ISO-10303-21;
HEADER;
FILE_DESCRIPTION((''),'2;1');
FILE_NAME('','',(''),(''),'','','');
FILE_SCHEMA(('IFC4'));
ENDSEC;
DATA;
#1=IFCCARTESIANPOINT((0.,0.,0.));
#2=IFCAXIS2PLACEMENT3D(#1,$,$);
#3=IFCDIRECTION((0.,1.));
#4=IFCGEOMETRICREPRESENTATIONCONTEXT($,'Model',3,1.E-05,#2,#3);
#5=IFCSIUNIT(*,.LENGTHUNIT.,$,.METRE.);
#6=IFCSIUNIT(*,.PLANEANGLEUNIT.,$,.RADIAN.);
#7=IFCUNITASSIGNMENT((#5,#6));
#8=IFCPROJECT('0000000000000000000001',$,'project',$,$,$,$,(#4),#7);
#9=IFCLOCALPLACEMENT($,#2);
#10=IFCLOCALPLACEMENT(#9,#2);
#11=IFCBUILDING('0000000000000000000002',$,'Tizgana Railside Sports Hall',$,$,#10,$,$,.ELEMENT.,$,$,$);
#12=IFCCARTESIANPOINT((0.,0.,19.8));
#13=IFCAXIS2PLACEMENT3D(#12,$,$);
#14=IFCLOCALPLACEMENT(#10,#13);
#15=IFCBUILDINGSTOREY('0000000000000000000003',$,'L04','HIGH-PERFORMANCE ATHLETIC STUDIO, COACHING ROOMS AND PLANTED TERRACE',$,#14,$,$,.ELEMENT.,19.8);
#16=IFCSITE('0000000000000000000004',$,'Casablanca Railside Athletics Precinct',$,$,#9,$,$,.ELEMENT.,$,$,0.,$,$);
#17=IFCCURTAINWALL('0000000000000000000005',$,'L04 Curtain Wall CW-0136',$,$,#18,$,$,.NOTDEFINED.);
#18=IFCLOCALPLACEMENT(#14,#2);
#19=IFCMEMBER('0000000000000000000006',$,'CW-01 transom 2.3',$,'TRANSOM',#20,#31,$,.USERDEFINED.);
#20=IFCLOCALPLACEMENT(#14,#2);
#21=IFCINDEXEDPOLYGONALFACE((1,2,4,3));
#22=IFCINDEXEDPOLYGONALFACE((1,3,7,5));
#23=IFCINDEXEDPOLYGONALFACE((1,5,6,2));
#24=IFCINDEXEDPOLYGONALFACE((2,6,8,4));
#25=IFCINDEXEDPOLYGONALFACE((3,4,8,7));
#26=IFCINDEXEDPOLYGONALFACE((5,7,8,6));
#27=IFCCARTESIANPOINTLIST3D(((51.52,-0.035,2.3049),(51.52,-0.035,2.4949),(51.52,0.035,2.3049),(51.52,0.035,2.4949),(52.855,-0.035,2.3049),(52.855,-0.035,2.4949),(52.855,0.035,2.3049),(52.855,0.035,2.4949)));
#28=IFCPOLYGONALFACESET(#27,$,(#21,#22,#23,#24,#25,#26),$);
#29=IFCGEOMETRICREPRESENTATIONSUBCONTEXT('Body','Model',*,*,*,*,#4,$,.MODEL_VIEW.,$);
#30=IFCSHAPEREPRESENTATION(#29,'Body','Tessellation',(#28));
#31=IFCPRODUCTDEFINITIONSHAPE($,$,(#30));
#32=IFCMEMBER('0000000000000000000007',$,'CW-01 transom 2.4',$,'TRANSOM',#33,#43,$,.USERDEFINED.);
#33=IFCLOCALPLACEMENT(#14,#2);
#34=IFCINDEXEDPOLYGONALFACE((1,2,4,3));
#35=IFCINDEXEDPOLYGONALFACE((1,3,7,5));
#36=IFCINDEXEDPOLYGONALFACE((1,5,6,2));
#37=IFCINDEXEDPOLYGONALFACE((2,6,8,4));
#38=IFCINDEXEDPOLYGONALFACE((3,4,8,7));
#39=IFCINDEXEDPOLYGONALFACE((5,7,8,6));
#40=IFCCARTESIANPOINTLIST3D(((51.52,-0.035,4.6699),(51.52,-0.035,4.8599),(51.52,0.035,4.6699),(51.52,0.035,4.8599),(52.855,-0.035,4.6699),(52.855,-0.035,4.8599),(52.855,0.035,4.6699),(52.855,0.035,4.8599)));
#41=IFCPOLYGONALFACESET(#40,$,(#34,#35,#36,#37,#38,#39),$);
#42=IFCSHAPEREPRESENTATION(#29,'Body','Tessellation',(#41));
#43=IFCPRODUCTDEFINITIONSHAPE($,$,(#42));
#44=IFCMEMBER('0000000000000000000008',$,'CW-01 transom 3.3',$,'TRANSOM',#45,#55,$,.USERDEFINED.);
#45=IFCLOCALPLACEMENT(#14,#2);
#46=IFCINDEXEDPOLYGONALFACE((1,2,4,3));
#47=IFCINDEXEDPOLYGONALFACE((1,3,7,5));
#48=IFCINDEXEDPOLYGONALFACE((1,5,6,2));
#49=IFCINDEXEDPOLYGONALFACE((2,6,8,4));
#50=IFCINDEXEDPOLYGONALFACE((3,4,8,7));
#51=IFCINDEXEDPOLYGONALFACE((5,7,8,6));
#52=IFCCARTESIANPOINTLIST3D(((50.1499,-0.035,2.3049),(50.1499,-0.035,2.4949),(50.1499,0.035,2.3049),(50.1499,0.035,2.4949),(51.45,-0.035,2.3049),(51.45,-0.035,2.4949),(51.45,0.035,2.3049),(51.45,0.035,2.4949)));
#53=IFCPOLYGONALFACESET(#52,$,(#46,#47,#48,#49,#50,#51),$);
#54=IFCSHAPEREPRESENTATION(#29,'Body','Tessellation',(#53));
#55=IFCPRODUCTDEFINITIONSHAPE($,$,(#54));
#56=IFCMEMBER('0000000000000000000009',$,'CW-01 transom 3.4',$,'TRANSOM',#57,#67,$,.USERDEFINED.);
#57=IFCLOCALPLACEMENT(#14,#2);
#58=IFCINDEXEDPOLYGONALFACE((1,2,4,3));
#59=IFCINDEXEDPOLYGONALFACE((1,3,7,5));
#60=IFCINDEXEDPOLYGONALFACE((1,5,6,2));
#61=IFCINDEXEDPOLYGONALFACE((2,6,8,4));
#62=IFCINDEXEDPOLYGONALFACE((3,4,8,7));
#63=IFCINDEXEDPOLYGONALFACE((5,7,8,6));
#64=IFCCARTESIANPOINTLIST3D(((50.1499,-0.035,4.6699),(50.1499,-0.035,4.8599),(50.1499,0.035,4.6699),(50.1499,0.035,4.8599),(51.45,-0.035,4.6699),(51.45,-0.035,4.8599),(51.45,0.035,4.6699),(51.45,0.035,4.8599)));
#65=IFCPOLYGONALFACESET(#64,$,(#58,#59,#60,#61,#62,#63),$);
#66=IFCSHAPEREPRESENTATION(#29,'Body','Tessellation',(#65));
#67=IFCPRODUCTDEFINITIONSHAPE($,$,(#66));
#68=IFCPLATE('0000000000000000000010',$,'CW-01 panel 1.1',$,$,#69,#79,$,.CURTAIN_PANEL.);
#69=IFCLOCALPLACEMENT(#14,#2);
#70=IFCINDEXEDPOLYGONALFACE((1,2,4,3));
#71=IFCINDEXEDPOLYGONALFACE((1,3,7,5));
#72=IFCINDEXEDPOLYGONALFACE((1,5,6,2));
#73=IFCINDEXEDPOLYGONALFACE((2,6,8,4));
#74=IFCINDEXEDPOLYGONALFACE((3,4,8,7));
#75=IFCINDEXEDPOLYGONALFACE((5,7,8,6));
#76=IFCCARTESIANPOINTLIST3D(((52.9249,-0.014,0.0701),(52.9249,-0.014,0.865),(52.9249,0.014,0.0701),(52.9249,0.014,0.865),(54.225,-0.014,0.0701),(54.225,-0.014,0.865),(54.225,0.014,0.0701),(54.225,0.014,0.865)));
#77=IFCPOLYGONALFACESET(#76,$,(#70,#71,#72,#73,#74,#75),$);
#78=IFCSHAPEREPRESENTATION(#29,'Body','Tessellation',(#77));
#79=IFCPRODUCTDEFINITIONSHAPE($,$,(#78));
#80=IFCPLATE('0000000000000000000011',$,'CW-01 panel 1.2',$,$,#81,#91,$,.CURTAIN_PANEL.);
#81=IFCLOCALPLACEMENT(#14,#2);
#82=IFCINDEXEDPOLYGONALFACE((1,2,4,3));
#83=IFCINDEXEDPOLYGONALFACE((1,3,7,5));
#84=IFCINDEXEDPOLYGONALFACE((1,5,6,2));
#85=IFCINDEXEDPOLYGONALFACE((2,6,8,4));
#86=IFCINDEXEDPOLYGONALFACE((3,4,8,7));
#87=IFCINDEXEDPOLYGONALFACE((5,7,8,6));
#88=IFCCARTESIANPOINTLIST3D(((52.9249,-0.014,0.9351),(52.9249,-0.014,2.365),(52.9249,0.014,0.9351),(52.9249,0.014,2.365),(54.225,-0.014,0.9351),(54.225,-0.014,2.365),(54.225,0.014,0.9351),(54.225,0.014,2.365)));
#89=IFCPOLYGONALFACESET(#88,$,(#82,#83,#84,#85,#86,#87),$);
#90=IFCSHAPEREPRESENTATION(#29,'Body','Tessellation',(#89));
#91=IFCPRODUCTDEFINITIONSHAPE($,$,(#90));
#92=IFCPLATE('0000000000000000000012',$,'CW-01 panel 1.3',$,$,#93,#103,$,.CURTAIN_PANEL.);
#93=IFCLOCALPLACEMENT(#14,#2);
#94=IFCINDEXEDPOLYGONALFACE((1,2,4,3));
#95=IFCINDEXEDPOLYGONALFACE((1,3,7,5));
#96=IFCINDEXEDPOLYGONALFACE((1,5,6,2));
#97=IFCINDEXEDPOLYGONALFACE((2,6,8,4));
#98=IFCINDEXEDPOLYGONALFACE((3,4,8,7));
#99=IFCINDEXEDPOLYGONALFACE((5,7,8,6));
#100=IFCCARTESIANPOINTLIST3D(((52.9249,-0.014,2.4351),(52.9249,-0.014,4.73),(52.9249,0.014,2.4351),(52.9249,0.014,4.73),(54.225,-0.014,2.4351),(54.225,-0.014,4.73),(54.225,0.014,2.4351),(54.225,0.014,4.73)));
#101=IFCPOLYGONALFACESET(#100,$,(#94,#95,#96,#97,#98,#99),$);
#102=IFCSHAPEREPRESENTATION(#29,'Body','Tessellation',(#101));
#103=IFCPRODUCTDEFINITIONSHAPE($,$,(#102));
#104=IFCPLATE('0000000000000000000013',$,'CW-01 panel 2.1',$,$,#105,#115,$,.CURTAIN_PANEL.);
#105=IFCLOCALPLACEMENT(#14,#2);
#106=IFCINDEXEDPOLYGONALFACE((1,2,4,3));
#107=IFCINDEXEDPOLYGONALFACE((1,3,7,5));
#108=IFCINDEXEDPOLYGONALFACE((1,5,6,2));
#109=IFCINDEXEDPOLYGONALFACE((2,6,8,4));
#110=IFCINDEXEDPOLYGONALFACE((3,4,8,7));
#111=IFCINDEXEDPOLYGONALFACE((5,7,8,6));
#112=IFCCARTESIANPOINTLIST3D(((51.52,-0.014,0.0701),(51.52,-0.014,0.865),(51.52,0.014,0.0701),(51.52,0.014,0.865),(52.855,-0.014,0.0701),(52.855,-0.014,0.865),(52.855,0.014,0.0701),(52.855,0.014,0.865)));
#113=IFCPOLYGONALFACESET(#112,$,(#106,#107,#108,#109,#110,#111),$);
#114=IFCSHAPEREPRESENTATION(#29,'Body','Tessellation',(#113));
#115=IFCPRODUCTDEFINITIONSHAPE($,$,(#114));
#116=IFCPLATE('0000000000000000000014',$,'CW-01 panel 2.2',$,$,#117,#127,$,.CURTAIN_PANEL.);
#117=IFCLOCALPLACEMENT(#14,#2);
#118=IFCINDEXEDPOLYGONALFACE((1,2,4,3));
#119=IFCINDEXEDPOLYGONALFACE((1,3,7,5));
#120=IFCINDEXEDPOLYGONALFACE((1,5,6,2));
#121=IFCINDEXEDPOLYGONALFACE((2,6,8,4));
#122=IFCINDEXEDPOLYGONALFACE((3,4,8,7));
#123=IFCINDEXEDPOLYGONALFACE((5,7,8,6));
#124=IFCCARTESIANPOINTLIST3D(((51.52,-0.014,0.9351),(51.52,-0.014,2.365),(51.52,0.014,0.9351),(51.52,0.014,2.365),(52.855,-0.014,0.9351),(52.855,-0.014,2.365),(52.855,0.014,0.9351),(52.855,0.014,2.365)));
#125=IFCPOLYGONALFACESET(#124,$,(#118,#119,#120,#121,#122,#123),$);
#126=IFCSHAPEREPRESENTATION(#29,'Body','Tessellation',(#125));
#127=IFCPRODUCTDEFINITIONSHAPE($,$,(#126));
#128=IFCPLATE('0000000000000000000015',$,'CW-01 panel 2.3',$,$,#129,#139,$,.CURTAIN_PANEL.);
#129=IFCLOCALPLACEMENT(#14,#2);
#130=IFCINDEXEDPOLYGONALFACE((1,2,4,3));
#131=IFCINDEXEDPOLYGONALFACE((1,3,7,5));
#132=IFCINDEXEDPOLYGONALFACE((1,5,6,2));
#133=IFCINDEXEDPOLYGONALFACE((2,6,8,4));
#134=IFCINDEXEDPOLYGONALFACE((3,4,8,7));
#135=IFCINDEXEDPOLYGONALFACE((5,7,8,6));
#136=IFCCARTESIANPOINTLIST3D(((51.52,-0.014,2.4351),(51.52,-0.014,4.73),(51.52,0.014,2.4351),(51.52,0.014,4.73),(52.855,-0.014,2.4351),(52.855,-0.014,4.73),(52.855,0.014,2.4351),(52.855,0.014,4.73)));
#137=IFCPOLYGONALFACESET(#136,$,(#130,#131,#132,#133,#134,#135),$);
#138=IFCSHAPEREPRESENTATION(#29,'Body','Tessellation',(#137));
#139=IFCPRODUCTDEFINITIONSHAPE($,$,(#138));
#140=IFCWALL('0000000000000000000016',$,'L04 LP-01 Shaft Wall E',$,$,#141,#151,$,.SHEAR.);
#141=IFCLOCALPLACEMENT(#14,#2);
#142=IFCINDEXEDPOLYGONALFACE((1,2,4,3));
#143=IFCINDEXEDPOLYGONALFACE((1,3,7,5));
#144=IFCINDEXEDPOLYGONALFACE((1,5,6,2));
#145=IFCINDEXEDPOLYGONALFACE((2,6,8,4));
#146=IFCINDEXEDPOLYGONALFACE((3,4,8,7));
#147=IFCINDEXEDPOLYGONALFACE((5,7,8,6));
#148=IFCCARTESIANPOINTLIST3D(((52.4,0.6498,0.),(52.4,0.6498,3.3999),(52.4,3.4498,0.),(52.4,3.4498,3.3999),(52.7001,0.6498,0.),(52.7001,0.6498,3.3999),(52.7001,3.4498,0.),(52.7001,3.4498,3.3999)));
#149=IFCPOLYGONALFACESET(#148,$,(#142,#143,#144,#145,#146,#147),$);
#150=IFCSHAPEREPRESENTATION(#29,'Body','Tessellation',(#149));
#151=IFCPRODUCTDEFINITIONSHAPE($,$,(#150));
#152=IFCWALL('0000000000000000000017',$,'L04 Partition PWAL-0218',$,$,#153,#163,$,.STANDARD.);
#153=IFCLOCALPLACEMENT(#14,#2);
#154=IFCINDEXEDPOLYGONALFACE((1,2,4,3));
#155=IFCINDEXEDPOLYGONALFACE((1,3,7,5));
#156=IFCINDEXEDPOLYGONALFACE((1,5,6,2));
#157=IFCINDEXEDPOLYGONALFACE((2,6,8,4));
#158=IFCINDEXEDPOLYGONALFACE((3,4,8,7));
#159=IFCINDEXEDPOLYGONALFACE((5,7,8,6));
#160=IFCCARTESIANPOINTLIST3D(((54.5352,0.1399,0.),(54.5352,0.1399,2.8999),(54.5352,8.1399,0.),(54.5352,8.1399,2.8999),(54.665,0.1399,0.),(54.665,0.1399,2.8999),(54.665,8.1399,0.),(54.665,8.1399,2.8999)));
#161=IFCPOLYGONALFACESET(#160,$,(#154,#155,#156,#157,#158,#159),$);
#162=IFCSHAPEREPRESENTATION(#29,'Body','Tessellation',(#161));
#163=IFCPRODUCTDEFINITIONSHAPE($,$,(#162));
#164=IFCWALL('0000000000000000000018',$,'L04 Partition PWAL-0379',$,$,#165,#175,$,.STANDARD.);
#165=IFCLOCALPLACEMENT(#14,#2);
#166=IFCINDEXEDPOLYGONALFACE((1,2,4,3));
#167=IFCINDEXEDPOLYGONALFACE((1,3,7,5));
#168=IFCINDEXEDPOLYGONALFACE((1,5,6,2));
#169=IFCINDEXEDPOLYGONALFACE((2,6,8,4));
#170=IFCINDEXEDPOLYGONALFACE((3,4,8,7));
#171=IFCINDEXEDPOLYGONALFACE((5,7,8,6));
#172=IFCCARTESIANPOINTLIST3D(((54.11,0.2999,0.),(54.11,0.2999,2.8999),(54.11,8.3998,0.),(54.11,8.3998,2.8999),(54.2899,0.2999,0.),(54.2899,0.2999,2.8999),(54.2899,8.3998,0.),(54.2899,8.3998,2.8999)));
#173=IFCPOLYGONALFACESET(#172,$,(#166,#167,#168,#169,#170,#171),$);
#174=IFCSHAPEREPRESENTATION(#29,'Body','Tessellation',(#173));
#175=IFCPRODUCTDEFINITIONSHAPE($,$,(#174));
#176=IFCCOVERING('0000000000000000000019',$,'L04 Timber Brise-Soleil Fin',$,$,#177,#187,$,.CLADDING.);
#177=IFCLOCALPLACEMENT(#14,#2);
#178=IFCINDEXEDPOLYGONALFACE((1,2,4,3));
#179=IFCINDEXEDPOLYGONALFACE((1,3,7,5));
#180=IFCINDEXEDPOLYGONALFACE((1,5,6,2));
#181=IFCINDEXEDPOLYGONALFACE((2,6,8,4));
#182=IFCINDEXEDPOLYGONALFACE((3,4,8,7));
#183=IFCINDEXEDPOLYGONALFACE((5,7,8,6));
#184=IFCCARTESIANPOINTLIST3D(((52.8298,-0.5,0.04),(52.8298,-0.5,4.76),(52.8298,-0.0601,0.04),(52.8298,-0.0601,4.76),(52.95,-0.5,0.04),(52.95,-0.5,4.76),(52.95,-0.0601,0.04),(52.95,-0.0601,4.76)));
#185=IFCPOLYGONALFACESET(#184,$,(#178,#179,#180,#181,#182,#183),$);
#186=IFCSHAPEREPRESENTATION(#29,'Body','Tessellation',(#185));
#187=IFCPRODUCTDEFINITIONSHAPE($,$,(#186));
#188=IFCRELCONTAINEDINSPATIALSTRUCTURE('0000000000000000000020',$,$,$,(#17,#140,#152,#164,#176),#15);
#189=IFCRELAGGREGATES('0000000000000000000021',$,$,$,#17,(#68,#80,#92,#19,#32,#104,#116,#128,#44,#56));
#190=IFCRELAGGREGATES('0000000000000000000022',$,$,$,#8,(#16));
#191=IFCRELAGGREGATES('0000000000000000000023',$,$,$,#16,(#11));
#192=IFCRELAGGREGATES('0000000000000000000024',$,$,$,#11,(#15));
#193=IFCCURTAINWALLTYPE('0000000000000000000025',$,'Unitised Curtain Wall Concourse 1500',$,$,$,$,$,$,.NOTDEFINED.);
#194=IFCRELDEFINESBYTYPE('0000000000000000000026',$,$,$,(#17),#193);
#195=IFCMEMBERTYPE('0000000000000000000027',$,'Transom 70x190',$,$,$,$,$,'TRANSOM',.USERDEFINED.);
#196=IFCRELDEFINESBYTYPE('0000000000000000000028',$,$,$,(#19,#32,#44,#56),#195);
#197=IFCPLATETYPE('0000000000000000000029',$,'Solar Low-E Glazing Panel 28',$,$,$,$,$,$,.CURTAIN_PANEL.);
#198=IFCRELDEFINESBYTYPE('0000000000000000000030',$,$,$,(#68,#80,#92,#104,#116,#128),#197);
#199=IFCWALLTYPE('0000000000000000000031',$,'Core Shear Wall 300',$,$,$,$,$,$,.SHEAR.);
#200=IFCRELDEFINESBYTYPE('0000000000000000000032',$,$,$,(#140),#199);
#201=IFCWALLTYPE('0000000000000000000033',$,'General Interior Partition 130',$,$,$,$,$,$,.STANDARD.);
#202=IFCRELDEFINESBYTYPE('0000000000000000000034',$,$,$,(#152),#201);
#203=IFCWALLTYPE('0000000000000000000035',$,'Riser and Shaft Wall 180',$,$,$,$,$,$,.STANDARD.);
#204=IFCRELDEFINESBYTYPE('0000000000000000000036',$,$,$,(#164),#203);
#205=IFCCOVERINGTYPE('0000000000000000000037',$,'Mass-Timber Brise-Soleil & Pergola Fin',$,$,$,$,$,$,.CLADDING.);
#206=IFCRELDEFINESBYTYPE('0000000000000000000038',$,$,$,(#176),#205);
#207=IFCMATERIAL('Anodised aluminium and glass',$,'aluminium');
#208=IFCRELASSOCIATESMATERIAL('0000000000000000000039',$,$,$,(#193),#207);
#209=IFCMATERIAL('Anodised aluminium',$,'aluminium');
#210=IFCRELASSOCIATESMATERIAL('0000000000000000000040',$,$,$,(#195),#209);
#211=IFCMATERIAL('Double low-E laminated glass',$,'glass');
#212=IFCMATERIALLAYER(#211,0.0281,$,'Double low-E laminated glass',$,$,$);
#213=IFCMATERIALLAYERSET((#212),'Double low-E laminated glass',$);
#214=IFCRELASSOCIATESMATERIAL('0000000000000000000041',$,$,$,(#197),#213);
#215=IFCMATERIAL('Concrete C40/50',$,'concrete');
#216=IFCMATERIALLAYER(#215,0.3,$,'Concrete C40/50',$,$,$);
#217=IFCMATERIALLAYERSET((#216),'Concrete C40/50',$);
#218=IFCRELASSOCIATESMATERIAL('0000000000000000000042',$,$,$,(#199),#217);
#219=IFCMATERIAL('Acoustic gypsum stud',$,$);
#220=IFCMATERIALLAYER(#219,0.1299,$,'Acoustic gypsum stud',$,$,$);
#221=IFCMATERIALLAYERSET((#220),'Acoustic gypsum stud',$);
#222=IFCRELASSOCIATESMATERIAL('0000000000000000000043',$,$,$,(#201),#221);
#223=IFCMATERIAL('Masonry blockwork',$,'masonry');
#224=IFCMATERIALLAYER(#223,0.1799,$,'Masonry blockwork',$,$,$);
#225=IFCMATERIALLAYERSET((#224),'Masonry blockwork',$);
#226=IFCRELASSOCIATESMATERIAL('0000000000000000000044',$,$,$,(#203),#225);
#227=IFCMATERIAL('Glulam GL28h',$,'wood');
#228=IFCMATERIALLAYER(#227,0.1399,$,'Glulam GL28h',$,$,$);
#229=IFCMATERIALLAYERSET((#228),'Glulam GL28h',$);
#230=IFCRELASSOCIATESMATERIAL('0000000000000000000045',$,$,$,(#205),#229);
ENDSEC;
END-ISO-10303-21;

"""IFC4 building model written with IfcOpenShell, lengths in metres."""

from ifc_helpers import new_model, si_unit, direction, frame, frame_2d, origin, origin_2d, place, context, subcontext, project, spatial, rectangle, extrude, material, layer, layer_set, material_profile, profile_set, type_object, element, aggregate, save


model = new_model("IFC4")

# Units and contexts
model_context = context("Model", 3, precision=1e-05, world=origin(), true_north=direction((0.0, 1.0)))
body_context = subcontext(model_context, "Body", "Model", "MODEL_VIEW")
ifc_project = project(units=[si_unit("LENGTHUNIT", "METRE"), si_unit("PLANEANGLEUNIT", "RADIAN")], contexts=[model_context])

# Site, building, storey
site_placement = place(None, origin())
site = spatial("IfcSite", under=ifc_project, at=site_placement, Name="Casablanca Railside Athletics Precinct", CompositionType="ELEMENT", RefElevation=0.0)
building_placement = place(site_placement, origin())
building = spatial("IfcBuilding", under=site, at=building_placement, Name="Tizgana Railside Sports Hall", CompositionType="ELEMENT")
storey_placement = place(building_placement, frame((0.0, 0.0, 19.8)))
storey = spatial("IfcBuildingStorey", under=building, at=storey_placement, Name="L04", Description="HIGH-PERFORMANCE ATHLETIC STUDIO, COACHING ROOMS AND PLANTED TERRACE", CompositionType="ELEMENT", Elevation=19.8)

# Curtain wall
ifc_material_1 = material(Name="Anodised aluminium and glass", Category="aluminium")
curtain_wall_type = type_object("IfcCurtainWallType", Name="Unitised Curtain Wall Concourse 1500", PredefinedType="NOTDEFINED", material=ifc_material_1)
curtain_wall_placement = place(storey_placement, origin())
curtain_wall = element("IfcCurtainWall", 1, at=curtain_wall_placement, inside=storey, type_object=curtain_wall_type, Name="L04 Curtain Wall CW-0136", PredefinedType="NOTDEFINED")
ifc_material_2 = material(Name="Anodised aluminium", Category="aluminium")

# Members
ifc_material_profile_1 = material_profile(ifc_material_2, rectangle(XDim=0.0701, YDim=0.1899, at=origin_2d()), Name="Transom 70x190")
ifc_profile_set_1 = profile_set([ifc_material_profile_1], Name="Anodised aluminium")
member_type_1 = type_object("IfcMemberType", Name="Transom 70x190", ElementType="TRANSOM", PredefinedType="USERDEFINED", material=ifc_profile_set_1)
member_1_placement = place(storey_placement, frame((52.855, 0.0, 2.3999), z_axis=(-1.0, 0.0, 0.0), x_axis=(0.0, -1.0, 0.0)))
member_1 = element("IfcMember", 2, at=member_1_placement, type_object=member_type_1, Name="CW-01 transom 2.3", ObjectType="TRANSOM", PredefinedType="USERDEFINED", context=body_context, shape_type="SweptSolid", body=[
    extrude(rectangle(XDim=0.0701, YDim=0.1899, at=origin_2d()), origin(), (0.0, 0.0, 1.0), 1.335),
])
member_2_placement = place(storey_placement, frame((52.855, 0.0, 4.7649), z_axis=(-1.0, 0.0, 0.0), x_axis=(0.0, -1.0, 0.0)))
member_2 = element("IfcMember", 3, at=member_2_placement, type_object=member_type_1, Name="CW-01 transom 2.4", ObjectType="TRANSOM", PredefinedType="USERDEFINED", context=body_context, shape_type="SweptSolid", body=[
    extrude(rectangle(XDim=0.0701, YDim=0.1899, at=origin_2d()), origin(), (0.0, 0.0, 1.0), 1.335),
])
member_3_placement = place(storey_placement, frame((51.45, 0.0, 2.3999), z_axis=(-1.0, 0.0, 0.0), x_axis=(0.0, -1.0, 0.0)))
member_3 = element("IfcMember", 4, at=member_3_placement, type_object=member_type_1, Name="CW-01 transom 3.3", ObjectType="TRANSOM", PredefinedType="USERDEFINED", context=body_context, shape_type="SweptSolid", body=[
    extrude(rectangle(XDim=0.0701, YDim=0.1899, at=origin_2d()), origin(), (0.0, 0.0, 1.0), 1.3),
])
member_4_placement = place(storey_placement, frame((51.45, 0.0, 4.7649), z_axis=(-1.0, 0.0, 0.0), x_axis=(0.0, -1.0, 0.0)))
member_4 = element("IfcMember", 5, at=member_4_placement, type_object=member_type_1, Name="CW-01 transom 3.4", ObjectType="TRANSOM", PredefinedType="USERDEFINED", context=body_context, shape_type="SweptSolid", body=[
    extrude(rectangle(XDim=0.0701, YDim=0.1899, at=origin_2d()), origin(), (0.0, 0.0, 1.0), 1.3),
])

# Plates
ifc_material_3 = material(Name="Double low-E laminated glass", Category="glass")
ifc_layer_1 = layer(ifc_material_3, 0.0281, Name="Double low-E laminated glass")
ifc_layer_set_1 = layer_set([ifc_layer_1], Name="Double low-E laminated glass")
plate_type = type_object("IfcPlateType", Name="Solar Low-E Glazing Panel 28", PredefinedType="CURTAIN_PANEL", material=ifc_layer_set_1)
plate_1_placement = place(storey_placement, frame((53.575, 0.0, 0.0701), z_axis=(0.0, 0.0, 1.0), x_axis=(-1.0, 0.0, 0.0)))
plate_1 = element("IfcPlate", 6, at=plate_1_placement, type_object=plate_type, Name="CW-01 panel 1.1", PredefinedType="CURTAIN_PANEL", context=body_context, shape_type="SweptSolid", body=[
    extrude(rectangle(XDim=1.3, YDim=0.0281, at=origin_2d()), origin(), (0.0, 0.0, 1.0), 0.7949),
])
plate_2_placement = place(storey_placement, frame((53.575, 0.0, 0.9351), z_axis=(0.0, 0.0, 1.0), x_axis=(-1.0, 0.0, 0.0)))
plate_2 = element("IfcPlate", 7, at=plate_2_placement, type_object=plate_type, Name="CW-01 panel 1.2", PredefinedType="CURTAIN_PANEL", context=body_context, shape_type="SweptSolid", body=[
    extrude(rectangle(XDim=1.3, YDim=0.0281, at=origin_2d()), origin(), (0.0, 0.0, 1.0), 1.4299),
])
plate_3_placement = place(storey_placement, frame((53.575, 0.0, 2.4351), z_axis=(0.0, 0.0, 1.0), x_axis=(-1.0, 0.0, 0.0)))
plate_3 = element("IfcPlate", 8, at=plate_3_placement, type_object=plate_type, Name="CW-01 panel 1.3", PredefinedType="CURTAIN_PANEL", context=body_context, shape_type="SweptSolid", body=[
    extrude(rectangle(XDim=1.3, YDim=0.0281, at=origin_2d()), origin(), (0.0, 0.0, 1.0), 2.2949),
])
plate_4_placement = place(storey_placement, frame((52.1875, 0.0, 0.0701), z_axis=(0.0, 0.0, 1.0), x_axis=(-1.0, 0.0, 0.0)))
plate_4 = element("IfcPlate", 9, at=plate_4_placement, type_object=plate_type, Name="CW-01 panel 2.1", PredefinedType="CURTAIN_PANEL", context=body_context, shape_type="SweptSolid", body=[
    extrude(rectangle(XDim=1.335, YDim=0.0281, at=origin_2d()), origin(), (0.0, 0.0, 1.0), 0.7949),
])
plate_5_placement = place(storey_placement, frame((52.1875, 0.0, 0.9351), z_axis=(0.0, 0.0, 1.0), x_axis=(-1.0, 0.0, 0.0)))
plate_5 = element("IfcPlate", 10, at=plate_5_placement, type_object=plate_type, Name="CW-01 panel 2.2", PredefinedType="CURTAIN_PANEL", context=body_context, shape_type="SweptSolid", body=[
    extrude(rectangle(XDim=1.335, YDim=0.0281, at=origin_2d()), origin(), (0.0, 0.0, 1.0), 1.4299),
])
plate_6_placement = place(storey_placement, frame((52.1875, 0.0, 2.4351), z_axis=(0.0, 0.0, 1.0), x_axis=(-1.0, 0.0, 0.0)))
plate_6 = element("IfcPlate", 11, at=plate_6_placement, type_object=plate_type, Name="CW-01 panel 2.3", PredefinedType="CURTAIN_PANEL", context=body_context, shape_type="SweptSolid", body=[
    extrude(rectangle(XDim=1.335, YDim=0.0281, at=origin_2d()), origin(), (0.0, 0.0, 1.0), 2.2949),
])
aggregate(curtain_wall, [plate_1, plate_2, plate_3, member_1, member_2, plate_4, plate_5, plate_6, member_3, member_4])

# Walls
ifc_material_4 = material(Name="Concrete C40/50", Category="concrete")
ifc_layer_2 = layer(ifc_material_4, 0.3, Name="Concrete C40/50")
ifc_layer_set_2 = layer_set([ifc_layer_2], Name="Concrete C40/50")
wall_type_1 = type_object("IfcWallType", Name="Core Shear Wall 300", PredefinedType="SHEAR", material=ifc_layer_set_2)
wall_1_placement = place(storey_placement, frame((52.55, 0.6499, 0.0), z_axis=(0.0, 0.0, 1.0), x_axis=(0.0, 1.0, 0.0)))
element("IfcWall", 12, at=wall_1_placement, inside=storey, type_object=wall_type_1, Name="L04 LP-01 Shaft Wall E", PredefinedType="SHEAR", context=body_context, shape_type="SweptSolid", body=[
    extrude(rectangle(XDim=2.8, YDim=0.3, at=frame_2d((1.3999, 0.0))), origin(), (0.0, 0.0, 1.0), 3.3999),
])
ifc_material_5 = material(Name="Acoustic gypsum stud")
ifc_layer_3 = layer(ifc_material_5, 0.1299, Name="Acoustic gypsum stud")
ifc_layer_set_3 = layer_set([ifc_layer_3], Name="Acoustic gypsum stud")
wall_type_2 = type_object("IfcWallType", Name="General Interior Partition 130", PredefinedType="STANDARD", material=ifc_layer_set_3)
wall_2_placement = place(storey_placement, frame((54.6001, 0.1399, 0.0), z_axis=(0.0, 0.0, 1.0), x_axis=(0.0, 1.0, 0.0)))
element("IfcWall", 13, at=wall_2_placement, inside=storey, type_object=wall_type_2, Name="L04 Partition PWAL-0218", PredefinedType="STANDARD", context=body_context, shape_type="SweptSolid", body=[
    extrude(rectangle(XDim=8.0, YDim=0.1299, at=frame_2d((4.0, 0.0))), origin(), (0.0, 0.0, 1.0), 2.8999),
])
ifc_material_6 = material(Name="Masonry blockwork", Category="masonry")
ifc_layer_4 = layer(ifc_material_6, 0.1799, Name="Masonry blockwork")
ifc_layer_set_4 = layer_set([ifc_layer_4], Name="Masonry blockwork")
wall_type_3 = type_object("IfcWallType", Name="Riser and Shaft Wall 180", PredefinedType="STANDARD", material=ifc_layer_set_4)
wall_3_placement = place(storey_placement, frame((54.2, 0.3, 0.0), z_axis=(0.0, 0.0, 1.0), x_axis=(0.0, 1.0, 0.0)))
element("IfcWall", 14, at=wall_3_placement, inside=storey, type_object=wall_type_3, Name="L04 Partition PWAL-0379", PredefinedType="STANDARD", context=body_context, shape_type="SweptSolid", body=[
    extrude(rectangle(XDim=8.0999, YDim=0.1799, at=frame_2d((4.0498, 0.0))), origin(), (0.0, 0.0, 1.0), 2.8999),
])

# Covering
ifc_material_7 = material(Name="Glulam GL28h", Category="wood")
ifc_layer_5 = layer(ifc_material_7, 0.1399, Name="Glulam GL28h")
ifc_layer_set_5 = layer_set([ifc_layer_5], Name="Glulam GL28h")
covering_type = type_object("IfcCoveringType", Name="Mass-Timber Brise-Soleil & Pergola Fin", PredefinedType="CLADDING", material=ifc_layer_set_5)
for number, where, z_axis, x_axis, name in (
    (15, (52.8899, -0.28, 0.04), (0.0, 0.0, 1.0), (-1.0, 0.0, 0.0), "L04 Timber Brise-Soleil Fin"),
):
    element("IfcCovering", number, at=place(storey_placement, frame(where, z_axis=z_axis, x_axis=x_axis)), inside=storey, type_object=covering_type, Name=name, PredefinedType="CLADDING", context=body_context, shape_type="SweptSolid", body=[
        extrude(rectangle(XDim=0.1201, YDim=0.4399, at=origin_2d()), origin(), (0.0, 0.0, 1.0), 4.72),
    ])

save(model, "model.ifc")
